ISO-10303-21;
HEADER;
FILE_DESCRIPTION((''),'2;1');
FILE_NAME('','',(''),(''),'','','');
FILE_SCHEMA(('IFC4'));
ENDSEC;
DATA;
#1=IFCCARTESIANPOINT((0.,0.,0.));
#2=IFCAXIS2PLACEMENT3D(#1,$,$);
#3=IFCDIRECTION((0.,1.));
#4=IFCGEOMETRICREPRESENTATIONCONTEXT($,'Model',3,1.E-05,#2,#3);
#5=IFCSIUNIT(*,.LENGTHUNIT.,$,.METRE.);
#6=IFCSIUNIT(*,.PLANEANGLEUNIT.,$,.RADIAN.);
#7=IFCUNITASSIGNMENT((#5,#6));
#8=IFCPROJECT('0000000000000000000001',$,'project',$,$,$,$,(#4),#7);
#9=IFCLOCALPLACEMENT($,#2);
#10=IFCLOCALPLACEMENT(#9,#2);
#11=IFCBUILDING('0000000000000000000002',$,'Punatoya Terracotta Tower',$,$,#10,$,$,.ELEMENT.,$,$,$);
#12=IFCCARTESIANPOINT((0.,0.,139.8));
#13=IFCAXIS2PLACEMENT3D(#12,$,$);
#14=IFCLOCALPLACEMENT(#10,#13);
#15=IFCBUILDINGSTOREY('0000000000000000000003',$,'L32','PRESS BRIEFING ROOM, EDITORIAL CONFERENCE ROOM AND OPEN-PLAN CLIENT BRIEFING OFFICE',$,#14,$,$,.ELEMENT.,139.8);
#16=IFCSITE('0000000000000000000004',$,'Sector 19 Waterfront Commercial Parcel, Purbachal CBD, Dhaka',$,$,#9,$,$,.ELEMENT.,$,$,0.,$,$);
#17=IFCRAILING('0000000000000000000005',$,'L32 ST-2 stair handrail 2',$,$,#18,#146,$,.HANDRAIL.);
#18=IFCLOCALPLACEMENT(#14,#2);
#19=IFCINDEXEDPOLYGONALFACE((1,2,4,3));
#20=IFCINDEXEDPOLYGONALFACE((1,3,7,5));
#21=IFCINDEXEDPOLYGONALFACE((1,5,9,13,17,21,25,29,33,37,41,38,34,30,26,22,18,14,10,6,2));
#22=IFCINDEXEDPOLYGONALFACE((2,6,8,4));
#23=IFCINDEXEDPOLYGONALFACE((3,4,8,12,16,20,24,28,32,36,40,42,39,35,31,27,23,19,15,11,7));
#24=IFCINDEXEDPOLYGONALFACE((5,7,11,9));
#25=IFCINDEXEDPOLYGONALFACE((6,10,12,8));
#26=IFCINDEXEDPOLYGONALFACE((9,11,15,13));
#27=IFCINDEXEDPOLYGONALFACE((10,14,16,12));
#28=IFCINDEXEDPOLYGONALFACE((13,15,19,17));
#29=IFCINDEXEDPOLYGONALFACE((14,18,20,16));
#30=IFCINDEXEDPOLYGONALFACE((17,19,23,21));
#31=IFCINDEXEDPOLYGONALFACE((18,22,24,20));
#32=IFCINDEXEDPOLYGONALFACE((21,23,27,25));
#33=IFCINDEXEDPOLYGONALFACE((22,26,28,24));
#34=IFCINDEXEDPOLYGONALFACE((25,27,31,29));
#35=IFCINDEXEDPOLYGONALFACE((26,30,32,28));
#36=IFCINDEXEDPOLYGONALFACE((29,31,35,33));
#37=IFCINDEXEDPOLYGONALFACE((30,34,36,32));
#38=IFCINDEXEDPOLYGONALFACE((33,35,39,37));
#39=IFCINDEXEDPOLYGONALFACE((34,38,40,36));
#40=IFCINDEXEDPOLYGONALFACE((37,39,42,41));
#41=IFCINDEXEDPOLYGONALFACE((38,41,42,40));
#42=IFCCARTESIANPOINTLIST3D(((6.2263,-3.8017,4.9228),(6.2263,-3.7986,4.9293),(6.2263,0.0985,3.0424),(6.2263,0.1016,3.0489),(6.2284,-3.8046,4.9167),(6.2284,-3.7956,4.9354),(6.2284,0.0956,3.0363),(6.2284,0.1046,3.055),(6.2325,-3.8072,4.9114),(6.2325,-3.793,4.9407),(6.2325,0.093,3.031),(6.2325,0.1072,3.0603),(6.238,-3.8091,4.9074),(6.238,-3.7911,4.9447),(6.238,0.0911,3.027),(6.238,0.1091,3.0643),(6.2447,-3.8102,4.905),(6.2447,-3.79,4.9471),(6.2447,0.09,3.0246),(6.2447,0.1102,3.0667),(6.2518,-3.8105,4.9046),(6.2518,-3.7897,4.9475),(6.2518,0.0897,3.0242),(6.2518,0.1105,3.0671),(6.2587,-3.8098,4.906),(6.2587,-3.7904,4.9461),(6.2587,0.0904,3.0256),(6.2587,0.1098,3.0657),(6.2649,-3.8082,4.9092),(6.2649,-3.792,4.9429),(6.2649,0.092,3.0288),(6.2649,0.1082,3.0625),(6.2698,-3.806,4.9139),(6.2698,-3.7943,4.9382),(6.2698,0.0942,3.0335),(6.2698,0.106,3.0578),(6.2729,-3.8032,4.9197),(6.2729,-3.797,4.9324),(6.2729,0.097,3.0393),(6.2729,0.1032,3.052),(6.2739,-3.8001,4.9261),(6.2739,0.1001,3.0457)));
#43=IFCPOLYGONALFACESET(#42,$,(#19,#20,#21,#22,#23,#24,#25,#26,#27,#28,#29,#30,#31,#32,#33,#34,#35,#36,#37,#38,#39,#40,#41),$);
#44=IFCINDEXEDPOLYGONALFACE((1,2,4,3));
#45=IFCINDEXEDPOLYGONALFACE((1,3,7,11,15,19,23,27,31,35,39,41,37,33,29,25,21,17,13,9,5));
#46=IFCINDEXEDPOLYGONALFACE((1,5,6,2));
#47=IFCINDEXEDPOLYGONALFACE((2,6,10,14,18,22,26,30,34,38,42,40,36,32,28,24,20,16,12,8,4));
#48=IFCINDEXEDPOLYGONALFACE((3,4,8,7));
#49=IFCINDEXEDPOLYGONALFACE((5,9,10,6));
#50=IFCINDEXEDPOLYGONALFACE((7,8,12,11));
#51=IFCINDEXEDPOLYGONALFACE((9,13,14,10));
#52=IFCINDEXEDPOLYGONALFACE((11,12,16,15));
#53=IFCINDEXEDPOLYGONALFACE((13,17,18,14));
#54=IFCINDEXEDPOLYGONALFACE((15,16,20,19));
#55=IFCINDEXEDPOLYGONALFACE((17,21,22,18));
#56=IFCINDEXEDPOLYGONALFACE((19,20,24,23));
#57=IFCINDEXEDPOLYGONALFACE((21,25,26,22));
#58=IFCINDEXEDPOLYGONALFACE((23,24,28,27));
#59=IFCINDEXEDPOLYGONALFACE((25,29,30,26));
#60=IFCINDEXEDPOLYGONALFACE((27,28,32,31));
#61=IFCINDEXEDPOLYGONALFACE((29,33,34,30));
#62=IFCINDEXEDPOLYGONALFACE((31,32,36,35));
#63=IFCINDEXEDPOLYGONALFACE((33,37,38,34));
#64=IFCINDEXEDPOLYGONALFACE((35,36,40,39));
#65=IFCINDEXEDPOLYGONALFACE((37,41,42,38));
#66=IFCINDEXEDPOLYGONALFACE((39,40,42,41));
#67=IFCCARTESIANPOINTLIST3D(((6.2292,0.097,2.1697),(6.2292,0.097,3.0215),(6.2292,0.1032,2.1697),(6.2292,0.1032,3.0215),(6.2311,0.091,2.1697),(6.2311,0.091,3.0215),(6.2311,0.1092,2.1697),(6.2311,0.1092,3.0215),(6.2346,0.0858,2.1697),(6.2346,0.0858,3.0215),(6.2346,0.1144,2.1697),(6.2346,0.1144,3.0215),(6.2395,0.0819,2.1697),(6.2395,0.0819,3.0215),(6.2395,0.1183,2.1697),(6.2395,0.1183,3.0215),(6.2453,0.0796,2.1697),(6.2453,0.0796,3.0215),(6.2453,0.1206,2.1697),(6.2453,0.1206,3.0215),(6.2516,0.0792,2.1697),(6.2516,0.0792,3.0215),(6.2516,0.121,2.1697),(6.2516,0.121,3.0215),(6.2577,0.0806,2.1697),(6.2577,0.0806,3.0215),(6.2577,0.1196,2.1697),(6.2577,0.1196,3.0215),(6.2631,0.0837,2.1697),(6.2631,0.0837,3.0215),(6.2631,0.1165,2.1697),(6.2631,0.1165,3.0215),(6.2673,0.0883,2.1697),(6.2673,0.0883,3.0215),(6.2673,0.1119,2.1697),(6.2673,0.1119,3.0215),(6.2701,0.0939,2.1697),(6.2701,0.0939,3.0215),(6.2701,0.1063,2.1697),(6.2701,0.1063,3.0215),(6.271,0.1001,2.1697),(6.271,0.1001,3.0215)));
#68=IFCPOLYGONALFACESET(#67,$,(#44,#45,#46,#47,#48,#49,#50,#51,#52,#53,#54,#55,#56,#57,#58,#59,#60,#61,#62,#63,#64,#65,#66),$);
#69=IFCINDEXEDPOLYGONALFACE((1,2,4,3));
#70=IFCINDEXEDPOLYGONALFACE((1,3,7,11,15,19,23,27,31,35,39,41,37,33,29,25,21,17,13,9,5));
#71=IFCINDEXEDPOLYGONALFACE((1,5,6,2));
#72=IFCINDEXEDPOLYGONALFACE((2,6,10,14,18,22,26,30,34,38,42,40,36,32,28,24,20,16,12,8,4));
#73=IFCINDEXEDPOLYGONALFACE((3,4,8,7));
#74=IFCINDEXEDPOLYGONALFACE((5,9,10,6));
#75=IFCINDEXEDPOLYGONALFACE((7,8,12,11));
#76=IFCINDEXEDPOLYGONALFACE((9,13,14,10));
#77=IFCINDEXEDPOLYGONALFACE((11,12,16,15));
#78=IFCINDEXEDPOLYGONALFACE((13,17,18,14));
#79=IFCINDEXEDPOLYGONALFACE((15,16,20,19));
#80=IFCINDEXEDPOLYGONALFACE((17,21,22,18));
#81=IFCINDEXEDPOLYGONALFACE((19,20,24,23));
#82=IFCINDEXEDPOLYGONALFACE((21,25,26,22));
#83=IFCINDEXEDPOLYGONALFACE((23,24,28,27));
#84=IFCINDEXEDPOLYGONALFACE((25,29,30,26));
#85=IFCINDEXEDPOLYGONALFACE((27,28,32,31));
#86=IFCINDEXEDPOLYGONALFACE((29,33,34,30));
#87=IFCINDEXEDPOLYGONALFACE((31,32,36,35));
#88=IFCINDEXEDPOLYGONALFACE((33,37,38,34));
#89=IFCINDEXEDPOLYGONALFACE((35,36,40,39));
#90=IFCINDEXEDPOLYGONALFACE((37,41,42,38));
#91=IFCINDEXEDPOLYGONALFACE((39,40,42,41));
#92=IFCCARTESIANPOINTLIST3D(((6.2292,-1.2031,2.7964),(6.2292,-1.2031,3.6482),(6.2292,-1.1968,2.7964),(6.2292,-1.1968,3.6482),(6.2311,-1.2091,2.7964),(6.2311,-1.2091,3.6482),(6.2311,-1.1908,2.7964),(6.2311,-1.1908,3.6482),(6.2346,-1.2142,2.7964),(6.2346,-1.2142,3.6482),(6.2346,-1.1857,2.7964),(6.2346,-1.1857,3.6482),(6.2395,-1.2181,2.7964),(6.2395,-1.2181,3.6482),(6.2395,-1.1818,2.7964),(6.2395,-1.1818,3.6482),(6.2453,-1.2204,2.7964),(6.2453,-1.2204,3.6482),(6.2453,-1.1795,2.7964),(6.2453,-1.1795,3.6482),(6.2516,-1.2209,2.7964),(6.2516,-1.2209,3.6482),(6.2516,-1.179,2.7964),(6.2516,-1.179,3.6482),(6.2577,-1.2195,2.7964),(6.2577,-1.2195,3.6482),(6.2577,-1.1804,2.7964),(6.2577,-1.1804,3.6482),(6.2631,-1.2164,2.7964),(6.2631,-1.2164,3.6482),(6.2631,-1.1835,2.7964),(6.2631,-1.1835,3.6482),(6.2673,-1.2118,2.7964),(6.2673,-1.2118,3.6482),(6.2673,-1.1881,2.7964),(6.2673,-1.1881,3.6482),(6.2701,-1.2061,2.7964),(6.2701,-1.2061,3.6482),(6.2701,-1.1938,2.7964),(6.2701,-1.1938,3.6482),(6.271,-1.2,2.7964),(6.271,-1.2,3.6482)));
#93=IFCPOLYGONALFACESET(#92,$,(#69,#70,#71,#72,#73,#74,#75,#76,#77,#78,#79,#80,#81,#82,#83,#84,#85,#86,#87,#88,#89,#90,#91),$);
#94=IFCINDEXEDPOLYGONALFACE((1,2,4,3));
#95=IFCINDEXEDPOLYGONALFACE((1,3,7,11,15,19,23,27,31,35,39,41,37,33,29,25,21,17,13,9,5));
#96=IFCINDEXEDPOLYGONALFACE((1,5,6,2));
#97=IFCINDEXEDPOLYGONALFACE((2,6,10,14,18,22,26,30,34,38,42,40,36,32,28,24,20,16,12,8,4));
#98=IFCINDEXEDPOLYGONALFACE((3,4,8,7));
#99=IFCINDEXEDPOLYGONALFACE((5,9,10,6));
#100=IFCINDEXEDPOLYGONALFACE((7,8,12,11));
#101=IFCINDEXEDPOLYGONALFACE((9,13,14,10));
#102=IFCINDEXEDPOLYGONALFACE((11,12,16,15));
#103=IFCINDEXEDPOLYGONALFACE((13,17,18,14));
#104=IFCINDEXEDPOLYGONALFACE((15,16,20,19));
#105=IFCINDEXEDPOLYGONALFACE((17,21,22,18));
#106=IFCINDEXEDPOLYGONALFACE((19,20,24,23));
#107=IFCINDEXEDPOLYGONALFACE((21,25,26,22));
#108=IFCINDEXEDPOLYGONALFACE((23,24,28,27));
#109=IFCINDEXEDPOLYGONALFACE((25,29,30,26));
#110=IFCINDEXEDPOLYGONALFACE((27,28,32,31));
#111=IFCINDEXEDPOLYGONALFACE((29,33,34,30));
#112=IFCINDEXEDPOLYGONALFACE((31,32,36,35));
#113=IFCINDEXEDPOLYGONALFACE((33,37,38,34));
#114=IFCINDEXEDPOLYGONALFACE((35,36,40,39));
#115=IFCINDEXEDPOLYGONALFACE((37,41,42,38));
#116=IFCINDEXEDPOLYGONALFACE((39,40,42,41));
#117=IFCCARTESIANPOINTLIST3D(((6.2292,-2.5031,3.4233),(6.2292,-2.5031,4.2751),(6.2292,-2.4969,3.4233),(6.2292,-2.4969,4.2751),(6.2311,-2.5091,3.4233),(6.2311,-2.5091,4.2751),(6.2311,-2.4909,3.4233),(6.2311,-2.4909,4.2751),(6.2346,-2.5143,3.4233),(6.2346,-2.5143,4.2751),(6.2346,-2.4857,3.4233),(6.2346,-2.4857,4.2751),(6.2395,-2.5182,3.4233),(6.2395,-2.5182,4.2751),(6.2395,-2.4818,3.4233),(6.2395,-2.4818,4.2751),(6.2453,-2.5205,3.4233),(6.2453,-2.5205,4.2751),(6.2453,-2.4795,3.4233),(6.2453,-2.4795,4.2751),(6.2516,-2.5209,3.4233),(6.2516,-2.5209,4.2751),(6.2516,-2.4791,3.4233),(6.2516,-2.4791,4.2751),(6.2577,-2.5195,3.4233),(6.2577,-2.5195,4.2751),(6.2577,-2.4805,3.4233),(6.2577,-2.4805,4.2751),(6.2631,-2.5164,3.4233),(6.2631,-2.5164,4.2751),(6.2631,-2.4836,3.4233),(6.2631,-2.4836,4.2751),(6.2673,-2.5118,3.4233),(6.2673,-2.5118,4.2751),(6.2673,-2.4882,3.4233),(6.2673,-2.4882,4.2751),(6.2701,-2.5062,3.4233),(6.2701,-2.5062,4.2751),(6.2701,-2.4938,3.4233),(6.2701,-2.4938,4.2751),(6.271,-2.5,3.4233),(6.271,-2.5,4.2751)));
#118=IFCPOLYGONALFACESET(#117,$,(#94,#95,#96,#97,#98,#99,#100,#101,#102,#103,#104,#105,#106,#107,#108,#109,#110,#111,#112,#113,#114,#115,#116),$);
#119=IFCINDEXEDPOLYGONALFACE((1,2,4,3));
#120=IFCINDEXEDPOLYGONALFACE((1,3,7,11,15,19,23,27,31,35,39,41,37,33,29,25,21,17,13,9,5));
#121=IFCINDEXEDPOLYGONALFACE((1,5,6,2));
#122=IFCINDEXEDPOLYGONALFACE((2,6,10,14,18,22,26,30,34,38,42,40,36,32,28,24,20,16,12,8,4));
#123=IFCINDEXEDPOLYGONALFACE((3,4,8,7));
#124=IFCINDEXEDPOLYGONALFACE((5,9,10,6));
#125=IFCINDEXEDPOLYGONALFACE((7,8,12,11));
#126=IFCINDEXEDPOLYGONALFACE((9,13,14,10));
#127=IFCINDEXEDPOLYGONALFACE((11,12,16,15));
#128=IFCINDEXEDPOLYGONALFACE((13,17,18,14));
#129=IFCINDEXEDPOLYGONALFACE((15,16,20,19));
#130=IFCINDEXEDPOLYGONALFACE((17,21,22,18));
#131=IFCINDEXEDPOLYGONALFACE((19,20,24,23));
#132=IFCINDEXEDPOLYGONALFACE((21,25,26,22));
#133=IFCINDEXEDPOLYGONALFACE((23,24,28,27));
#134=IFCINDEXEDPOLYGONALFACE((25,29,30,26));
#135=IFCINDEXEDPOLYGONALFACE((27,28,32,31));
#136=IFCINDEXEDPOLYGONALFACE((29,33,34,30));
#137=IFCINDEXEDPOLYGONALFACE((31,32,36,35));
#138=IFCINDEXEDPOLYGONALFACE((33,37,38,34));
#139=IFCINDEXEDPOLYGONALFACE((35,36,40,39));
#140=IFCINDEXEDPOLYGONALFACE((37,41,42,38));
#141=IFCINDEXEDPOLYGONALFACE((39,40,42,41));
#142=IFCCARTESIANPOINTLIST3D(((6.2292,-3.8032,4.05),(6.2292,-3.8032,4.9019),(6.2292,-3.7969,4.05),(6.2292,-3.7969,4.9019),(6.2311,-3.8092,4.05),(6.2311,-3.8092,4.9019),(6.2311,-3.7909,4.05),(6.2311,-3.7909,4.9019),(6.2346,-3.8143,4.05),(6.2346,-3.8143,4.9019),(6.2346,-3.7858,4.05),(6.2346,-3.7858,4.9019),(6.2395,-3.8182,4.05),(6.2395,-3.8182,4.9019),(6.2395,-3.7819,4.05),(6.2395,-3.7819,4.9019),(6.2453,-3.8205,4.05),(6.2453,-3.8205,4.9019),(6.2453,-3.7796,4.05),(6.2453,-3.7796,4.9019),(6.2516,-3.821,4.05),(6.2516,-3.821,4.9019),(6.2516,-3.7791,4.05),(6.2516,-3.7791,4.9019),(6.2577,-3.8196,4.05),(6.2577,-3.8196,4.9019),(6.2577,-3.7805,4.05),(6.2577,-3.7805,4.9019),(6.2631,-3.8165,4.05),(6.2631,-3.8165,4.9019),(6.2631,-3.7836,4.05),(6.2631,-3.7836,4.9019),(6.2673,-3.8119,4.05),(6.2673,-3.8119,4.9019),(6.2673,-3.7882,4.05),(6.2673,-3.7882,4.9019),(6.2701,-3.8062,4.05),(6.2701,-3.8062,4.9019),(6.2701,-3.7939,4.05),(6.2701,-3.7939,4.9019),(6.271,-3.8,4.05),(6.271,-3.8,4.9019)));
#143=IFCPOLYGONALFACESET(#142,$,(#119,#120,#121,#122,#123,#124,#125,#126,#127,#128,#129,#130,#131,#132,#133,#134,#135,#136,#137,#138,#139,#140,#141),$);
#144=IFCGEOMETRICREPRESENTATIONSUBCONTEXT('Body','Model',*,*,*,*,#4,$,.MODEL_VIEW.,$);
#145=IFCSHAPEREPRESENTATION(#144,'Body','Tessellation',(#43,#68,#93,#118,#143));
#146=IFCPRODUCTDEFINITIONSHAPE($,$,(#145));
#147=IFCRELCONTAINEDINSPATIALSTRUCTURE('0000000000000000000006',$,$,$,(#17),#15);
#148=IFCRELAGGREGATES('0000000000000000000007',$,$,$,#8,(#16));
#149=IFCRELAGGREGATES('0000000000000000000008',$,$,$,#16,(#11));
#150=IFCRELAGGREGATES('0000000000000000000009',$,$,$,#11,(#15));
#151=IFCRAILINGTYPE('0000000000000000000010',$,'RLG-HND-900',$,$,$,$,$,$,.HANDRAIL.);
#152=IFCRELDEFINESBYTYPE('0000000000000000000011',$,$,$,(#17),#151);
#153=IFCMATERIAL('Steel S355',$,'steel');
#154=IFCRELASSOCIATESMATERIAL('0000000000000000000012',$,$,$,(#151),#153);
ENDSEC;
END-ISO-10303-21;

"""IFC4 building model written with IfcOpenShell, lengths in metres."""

from ifc_helpers import new_model, si_unit, direction, frame, origin, origin_2d, place, context, subcontext, project, spatial, circle, extrude, material, type_object, element, save


model = new_model("IFC4")

# Units and contexts
model_context = context("Model", 3, precision=1e-05, world=origin(), true_north=direction((0.0, 1.0)))
body_context = subcontext(model_context, "Body", "Model", "MODEL_VIEW")
ifc_project = project(units=[si_unit("LENGTHUNIT", "METRE"), si_unit("PLANEANGLEUNIT", "RADIAN")], contexts=[model_context])

# Site, building, storey
site_placement = place(None, origin())
site = spatial("IfcSite", under=ifc_project, at=site_placement, Name="Sector 19 Waterfront Commercial Parcel, Purbachal CBD, Dhaka", CompositionType="ELEMENT", RefElevation=0.0)
building_placement = place(site_placement, origin())
building = spatial("IfcBuilding", under=site, at=building_placement, Name="Punatoya Terracotta Tower", CompositionType="ELEMENT")
storey_placement = place(building_placement, frame((0.0, 0.0, 139.8)))
storey = spatial("IfcBuildingStorey", under=building, at=storey_placement, Name="L32", Description="PRESS BRIEFING ROOM, EDITORIAL CONFERENCE ROOM AND OPEN-PLAN CLIENT BRIEFING OFFICE", CompositionType="ELEMENT", Elevation=139.8)

# Shared definitions
ifc_material_1 = material(Name="Steel S355", Category="steel")

# Railing
railing_type_1 = type_object("IfcRailingType", Name="RLG-HND-900", PredefinedType="HANDRAIL", material=ifc_material_1)
railing_1_placement = place(storey_placement, frame((6.25, 0.1001, 2.1697)))
element("IfcRailing", 1, at=railing_1_placement, inside=storey, type_object=railing_type_1, Name="L32 ST-2 stair handrail 2", PredefinedType="HANDRAIL", context=body_context, shape_type="SweptSolid", body=[
    extrude(circle(Radius=0.0239, at=origin_2d()), frame((0.0, 0.0, 0.876), z_axis=(0.0, -0.900774, 0.434289), x_axis=(1.0, 0.0, 0.0)), (0.0, 0.0, 1.0), 4.3298),
    extrude(circle(Radius=0.021, at=origin_2d()), origin(), (0.0, 0.0, 1.0), 0.8518),
    extrude(circle(Radius=0.021, at=origin_2d()), frame((0.0, -1.3, 0.6267)), (0.0, 0.0, 1.0), 0.8518),
    extrude(circle(Radius=0.021, at=origin_2d()), frame((0.0, -2.6001, 1.2537)), (0.0, 0.0, 1.0), 0.8518),
    extrude(circle(Radius=0.021, at=origin_2d()), frame((0.0, -3.9001, 1.8804)), (0.0, 0.0, 1.0), 0.8518),
])

save(model, "model.ifc")
